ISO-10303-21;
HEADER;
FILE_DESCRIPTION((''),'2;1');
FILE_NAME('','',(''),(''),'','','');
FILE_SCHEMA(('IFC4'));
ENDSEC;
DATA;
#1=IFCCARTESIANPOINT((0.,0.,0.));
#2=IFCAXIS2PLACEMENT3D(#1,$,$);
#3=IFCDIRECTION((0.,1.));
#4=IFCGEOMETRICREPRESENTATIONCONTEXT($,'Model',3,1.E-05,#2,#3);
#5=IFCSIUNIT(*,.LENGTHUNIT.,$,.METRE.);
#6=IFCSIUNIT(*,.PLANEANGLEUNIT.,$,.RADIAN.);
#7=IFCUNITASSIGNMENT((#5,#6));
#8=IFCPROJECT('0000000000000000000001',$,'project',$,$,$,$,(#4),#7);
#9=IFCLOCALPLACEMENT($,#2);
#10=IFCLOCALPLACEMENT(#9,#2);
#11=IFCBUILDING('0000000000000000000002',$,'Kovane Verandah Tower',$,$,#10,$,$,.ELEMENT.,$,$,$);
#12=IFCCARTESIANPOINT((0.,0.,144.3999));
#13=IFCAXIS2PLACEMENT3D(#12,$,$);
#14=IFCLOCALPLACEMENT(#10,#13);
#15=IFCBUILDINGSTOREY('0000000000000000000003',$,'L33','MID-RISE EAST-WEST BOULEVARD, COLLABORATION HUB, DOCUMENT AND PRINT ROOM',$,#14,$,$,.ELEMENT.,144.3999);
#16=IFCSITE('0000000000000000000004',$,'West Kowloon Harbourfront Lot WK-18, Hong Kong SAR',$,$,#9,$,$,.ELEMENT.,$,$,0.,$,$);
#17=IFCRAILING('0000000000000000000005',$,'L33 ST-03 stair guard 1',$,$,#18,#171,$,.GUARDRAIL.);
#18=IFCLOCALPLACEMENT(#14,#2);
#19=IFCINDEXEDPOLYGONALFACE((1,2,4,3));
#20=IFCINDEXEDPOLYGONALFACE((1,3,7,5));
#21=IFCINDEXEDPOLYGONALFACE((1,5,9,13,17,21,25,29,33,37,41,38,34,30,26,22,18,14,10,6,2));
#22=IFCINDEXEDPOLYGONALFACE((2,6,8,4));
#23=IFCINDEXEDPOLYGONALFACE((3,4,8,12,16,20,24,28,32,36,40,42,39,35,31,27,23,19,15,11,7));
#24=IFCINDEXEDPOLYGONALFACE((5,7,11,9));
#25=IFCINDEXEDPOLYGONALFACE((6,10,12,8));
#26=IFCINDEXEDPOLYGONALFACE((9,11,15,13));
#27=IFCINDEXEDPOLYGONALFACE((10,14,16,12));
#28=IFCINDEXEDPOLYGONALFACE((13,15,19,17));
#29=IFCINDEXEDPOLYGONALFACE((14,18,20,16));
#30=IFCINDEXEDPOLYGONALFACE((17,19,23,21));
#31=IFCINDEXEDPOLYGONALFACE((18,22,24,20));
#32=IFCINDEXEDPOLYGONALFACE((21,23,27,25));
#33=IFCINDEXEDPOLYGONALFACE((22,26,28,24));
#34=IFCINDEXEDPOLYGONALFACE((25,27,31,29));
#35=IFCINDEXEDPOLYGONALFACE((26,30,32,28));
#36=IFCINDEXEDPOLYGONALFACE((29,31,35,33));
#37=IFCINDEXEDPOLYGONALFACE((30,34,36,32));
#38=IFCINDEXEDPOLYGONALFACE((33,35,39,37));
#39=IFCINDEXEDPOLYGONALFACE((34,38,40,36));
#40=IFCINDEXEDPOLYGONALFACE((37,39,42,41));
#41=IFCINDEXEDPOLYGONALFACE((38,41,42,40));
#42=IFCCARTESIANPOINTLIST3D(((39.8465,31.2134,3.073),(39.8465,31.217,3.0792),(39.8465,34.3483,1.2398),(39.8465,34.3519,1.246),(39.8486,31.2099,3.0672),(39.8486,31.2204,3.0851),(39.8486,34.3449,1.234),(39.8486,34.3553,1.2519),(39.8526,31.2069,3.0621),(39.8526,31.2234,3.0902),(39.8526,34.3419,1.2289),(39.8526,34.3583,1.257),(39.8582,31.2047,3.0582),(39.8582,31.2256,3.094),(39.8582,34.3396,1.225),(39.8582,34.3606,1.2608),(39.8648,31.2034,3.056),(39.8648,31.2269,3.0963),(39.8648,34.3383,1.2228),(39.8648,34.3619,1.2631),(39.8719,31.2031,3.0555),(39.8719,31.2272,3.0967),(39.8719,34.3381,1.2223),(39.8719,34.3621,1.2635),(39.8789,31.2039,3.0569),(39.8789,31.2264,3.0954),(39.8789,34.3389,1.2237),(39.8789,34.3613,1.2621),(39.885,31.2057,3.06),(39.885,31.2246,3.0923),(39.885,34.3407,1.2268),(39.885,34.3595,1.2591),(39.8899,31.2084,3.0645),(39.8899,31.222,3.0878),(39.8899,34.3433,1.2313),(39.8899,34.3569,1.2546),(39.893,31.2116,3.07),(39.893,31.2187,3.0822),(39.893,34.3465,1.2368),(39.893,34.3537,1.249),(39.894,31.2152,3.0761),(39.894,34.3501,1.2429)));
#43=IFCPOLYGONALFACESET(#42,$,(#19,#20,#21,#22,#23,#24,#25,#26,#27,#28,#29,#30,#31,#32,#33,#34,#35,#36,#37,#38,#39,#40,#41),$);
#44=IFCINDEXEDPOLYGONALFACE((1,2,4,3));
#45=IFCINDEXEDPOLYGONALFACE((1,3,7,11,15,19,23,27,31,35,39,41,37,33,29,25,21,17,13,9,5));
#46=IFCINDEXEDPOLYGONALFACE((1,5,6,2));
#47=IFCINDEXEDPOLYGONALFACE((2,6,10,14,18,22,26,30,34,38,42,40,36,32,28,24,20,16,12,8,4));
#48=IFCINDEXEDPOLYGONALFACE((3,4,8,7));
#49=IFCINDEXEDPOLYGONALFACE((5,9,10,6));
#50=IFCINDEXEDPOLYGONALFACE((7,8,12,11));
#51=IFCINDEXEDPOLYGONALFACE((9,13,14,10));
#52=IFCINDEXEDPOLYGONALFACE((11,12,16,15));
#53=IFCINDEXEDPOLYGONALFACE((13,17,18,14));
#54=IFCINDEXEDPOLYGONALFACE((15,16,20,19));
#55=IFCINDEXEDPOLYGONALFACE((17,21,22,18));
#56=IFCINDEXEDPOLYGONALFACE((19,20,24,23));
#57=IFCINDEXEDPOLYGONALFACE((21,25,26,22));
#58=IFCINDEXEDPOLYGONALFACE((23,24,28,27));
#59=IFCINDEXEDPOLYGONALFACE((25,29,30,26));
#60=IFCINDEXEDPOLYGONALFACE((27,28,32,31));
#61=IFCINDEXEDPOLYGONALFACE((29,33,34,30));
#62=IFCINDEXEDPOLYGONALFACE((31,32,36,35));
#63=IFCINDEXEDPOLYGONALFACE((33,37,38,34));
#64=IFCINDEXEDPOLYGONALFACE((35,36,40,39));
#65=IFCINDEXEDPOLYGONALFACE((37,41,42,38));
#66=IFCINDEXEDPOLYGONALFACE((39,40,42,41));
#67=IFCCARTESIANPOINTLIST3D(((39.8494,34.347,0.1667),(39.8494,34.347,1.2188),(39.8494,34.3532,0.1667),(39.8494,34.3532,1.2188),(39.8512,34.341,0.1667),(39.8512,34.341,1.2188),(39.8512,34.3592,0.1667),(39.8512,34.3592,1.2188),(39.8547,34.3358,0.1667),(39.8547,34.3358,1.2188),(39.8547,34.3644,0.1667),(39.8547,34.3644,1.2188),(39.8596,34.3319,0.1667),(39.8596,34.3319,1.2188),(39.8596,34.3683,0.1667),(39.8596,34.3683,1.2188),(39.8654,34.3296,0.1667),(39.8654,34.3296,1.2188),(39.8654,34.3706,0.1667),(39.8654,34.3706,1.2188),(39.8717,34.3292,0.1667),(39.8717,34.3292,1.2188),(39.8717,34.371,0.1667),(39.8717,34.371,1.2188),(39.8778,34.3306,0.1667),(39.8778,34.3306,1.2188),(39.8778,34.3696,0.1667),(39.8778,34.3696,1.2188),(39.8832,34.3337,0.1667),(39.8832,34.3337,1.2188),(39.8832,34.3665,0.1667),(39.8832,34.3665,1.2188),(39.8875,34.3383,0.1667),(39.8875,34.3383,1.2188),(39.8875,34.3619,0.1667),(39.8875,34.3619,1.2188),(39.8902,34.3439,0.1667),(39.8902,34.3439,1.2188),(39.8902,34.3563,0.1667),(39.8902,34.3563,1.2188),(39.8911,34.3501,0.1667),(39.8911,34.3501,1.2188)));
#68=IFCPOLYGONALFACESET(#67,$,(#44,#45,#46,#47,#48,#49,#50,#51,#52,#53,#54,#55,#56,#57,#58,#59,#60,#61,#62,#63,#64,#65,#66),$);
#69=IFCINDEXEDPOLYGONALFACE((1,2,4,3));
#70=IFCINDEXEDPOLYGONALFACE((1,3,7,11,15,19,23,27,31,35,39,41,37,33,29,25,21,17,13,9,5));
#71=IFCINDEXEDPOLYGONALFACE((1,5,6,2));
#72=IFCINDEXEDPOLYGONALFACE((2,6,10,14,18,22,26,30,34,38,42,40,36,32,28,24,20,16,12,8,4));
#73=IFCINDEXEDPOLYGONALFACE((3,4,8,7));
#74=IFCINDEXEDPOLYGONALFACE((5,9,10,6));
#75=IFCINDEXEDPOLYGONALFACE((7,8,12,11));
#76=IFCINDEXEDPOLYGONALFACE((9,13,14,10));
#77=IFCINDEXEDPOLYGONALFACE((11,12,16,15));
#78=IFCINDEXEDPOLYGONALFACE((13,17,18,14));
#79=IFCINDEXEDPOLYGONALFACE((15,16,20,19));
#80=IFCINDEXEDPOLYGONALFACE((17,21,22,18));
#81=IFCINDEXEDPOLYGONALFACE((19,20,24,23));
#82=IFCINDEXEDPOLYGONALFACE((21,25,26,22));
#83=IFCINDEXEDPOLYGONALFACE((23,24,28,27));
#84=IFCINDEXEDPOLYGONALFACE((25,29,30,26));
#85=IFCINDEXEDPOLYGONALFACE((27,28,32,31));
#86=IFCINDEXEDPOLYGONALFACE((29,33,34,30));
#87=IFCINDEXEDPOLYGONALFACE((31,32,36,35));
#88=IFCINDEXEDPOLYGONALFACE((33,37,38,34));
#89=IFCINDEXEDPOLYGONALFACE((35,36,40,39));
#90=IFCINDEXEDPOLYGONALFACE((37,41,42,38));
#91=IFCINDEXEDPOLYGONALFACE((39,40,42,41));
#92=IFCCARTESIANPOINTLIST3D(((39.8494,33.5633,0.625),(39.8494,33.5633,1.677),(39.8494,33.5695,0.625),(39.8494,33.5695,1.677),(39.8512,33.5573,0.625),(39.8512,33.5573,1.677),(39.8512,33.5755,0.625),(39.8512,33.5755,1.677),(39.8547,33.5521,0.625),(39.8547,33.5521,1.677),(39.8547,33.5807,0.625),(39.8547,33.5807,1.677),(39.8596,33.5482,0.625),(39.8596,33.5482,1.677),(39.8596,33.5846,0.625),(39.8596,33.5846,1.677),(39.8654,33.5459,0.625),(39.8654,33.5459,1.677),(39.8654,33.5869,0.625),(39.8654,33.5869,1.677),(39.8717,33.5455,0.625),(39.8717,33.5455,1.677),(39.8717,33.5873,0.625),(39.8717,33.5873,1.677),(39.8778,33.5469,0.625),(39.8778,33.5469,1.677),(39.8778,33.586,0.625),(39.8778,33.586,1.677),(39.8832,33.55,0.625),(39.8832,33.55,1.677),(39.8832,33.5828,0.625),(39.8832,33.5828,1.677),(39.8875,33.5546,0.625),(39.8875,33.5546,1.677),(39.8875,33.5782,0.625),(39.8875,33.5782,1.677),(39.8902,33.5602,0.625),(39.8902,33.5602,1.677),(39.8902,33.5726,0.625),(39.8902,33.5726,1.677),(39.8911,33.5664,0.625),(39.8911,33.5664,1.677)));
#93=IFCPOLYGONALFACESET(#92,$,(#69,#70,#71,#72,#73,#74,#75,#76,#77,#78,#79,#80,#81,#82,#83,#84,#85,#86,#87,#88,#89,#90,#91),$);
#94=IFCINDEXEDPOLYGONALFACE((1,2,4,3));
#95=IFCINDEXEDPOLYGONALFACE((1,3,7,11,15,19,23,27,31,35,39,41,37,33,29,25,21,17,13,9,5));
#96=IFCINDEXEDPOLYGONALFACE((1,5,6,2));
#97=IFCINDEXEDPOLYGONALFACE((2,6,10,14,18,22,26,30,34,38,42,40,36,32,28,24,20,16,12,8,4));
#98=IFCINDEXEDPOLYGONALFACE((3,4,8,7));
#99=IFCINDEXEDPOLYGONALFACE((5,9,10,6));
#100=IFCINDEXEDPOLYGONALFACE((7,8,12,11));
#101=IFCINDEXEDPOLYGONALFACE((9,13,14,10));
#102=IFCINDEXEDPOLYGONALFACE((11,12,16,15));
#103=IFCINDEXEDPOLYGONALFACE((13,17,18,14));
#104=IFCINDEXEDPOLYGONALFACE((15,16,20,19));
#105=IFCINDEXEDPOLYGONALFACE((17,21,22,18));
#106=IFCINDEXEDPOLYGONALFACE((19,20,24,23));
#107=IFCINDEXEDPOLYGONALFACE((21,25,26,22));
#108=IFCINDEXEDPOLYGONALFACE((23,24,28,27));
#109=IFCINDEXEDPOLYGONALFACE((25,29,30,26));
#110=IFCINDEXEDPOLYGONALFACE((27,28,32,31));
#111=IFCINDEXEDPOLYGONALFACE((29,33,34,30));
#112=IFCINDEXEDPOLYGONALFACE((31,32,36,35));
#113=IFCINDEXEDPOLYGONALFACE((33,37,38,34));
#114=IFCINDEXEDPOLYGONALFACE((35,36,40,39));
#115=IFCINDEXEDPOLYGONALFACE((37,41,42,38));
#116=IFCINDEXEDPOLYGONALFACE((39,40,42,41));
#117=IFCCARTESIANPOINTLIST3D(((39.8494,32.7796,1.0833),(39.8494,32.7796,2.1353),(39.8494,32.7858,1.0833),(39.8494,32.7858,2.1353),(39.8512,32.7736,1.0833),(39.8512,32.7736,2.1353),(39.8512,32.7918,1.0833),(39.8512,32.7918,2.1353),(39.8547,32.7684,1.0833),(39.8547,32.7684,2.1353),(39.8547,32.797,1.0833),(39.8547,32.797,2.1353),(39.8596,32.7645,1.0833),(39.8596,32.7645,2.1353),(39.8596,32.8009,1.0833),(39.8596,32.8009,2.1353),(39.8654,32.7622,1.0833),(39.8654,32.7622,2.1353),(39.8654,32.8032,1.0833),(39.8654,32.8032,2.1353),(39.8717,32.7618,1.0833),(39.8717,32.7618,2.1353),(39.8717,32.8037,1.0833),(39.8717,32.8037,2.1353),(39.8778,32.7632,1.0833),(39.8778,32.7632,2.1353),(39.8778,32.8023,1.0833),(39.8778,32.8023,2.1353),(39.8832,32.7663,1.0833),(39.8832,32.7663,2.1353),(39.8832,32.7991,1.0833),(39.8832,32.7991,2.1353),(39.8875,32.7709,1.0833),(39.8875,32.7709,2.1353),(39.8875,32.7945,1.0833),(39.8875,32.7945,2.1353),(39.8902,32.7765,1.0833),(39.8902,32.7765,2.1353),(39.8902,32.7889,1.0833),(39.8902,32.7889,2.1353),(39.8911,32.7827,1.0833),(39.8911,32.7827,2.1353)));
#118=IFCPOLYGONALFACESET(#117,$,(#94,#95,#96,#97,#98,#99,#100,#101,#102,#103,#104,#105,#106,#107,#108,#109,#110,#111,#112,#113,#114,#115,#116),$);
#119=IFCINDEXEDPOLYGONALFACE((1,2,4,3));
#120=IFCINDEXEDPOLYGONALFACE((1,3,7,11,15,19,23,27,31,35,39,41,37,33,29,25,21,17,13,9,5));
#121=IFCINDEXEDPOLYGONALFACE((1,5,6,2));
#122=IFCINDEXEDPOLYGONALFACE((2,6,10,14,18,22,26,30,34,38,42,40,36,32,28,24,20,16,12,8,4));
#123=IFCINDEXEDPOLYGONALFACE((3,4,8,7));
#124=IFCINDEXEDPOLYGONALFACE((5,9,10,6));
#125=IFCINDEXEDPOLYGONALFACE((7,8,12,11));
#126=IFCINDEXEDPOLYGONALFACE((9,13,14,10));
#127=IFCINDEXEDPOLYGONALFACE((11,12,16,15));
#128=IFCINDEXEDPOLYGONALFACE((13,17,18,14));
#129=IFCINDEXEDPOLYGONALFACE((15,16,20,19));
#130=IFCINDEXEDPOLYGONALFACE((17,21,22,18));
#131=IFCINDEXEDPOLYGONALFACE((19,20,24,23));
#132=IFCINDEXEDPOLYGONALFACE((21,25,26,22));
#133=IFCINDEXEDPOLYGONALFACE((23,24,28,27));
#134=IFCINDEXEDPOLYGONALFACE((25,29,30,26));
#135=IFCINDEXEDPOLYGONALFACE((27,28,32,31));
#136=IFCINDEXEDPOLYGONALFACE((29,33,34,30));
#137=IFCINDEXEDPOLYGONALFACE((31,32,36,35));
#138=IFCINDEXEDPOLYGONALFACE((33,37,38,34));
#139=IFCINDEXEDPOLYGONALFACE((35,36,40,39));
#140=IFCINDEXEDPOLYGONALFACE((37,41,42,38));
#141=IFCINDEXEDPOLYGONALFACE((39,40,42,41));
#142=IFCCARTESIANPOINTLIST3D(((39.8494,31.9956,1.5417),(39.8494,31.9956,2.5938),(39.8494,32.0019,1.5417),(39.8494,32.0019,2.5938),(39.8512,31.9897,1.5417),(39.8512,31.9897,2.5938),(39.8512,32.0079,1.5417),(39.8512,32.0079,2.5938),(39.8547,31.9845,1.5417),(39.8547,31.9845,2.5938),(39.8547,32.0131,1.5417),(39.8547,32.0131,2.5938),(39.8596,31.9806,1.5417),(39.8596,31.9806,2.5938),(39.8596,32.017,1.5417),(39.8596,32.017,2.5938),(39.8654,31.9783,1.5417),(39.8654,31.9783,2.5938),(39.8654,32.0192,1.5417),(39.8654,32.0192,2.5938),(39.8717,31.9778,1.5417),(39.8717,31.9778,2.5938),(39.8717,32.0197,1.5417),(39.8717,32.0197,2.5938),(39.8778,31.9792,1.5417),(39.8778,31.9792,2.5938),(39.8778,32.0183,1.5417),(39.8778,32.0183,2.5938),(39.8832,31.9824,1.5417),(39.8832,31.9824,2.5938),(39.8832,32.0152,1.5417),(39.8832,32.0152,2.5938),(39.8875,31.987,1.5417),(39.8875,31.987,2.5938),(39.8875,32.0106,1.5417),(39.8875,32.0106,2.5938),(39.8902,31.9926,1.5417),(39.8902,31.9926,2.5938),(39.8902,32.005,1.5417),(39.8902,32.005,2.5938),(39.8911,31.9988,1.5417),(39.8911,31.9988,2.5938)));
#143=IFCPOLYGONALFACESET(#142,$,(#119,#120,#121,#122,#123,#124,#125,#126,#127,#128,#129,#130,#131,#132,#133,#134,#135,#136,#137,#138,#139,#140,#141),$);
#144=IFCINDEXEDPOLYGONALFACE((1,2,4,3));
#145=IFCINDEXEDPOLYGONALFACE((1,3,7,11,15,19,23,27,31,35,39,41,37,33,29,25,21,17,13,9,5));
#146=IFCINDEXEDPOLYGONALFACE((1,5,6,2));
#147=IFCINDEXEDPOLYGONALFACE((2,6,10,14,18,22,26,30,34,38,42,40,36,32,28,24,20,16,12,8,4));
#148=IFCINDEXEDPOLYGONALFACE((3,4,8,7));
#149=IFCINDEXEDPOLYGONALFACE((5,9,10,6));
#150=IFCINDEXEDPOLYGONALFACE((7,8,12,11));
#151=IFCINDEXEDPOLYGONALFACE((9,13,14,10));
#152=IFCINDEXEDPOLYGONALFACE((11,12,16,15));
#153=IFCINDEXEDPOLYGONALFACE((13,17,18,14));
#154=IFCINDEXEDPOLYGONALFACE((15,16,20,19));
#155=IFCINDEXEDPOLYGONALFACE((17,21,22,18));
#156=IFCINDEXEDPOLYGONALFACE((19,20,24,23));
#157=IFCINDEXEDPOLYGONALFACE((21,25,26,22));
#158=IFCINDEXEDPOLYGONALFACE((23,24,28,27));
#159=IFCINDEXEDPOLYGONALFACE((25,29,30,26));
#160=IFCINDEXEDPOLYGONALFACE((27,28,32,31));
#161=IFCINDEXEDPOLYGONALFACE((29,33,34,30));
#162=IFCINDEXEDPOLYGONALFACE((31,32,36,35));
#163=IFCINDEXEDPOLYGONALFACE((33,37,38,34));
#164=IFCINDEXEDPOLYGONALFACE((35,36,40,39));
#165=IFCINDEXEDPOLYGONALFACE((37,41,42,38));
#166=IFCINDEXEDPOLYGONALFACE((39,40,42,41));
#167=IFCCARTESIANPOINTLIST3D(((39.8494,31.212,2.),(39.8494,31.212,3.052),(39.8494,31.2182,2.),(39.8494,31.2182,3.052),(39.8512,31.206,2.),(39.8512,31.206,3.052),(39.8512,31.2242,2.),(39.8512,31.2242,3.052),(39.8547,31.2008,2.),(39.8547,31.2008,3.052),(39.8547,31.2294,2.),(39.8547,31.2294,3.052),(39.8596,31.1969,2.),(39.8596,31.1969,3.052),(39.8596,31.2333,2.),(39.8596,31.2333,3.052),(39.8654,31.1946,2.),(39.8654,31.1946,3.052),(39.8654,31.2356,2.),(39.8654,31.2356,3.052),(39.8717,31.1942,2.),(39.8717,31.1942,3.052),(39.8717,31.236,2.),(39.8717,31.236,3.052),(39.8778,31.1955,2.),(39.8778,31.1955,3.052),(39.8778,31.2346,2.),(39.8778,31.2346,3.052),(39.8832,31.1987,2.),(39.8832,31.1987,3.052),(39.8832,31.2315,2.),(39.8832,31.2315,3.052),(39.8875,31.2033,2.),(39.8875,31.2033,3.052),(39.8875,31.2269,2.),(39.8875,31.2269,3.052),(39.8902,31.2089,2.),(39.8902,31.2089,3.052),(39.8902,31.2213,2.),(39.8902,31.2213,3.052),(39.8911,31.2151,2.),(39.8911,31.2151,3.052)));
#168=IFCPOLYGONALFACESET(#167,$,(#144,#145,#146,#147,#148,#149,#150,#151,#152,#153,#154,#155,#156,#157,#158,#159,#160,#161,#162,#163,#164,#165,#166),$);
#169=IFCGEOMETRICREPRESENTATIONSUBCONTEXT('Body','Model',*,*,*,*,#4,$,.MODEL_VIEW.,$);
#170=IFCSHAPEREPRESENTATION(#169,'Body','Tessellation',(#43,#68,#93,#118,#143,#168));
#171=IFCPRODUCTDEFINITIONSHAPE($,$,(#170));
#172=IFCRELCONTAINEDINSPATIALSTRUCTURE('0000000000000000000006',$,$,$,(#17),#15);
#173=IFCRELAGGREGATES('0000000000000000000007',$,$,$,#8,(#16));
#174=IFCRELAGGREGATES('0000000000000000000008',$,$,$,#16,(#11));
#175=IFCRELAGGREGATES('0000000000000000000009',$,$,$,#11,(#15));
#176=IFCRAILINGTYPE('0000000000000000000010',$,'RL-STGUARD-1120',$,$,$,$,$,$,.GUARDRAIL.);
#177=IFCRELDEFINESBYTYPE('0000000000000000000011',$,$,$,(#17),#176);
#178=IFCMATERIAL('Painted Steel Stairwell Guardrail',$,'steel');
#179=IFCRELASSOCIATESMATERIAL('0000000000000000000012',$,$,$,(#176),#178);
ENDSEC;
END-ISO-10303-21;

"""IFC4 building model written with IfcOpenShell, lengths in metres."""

from ifc_helpers import new_model, si_unit, direction, frame, origin, origin_2d, place, context, subcontext, project, spatial, circle, extrude, material, type_object, element, save


model = new_model("IFC4")

# Units and contexts
model_context = context("Model", 3, precision=1e-05, world=origin(), true_north=direction((0.0, 1.0)))
body_context = subcontext(model_context, "Body", "Model", "MODEL_VIEW")
ifc_project = project(units=[si_unit("LENGTHUNIT", "METRE"), si_unit("PLANEANGLEUNIT", "RADIAN")], contexts=[model_context])

# Site, building, storey
site_placement = place(None, origin())
site = spatial("IfcSite", under=ifc_project, at=site_placement, Name="West Kowloon Harbourfront Lot WK-18, Hong Kong SAR", CompositionType="ELEMENT", RefElevation=0.0)
building_placement = place(site_placement, origin())
building = spatial("IfcBuilding", under=site, at=building_placement, Name="Kovane Verandah Tower", CompositionType="ELEMENT")
storey_placement = place(building_placement, frame((0.0, 0.0, 144.3999)))
storey = spatial("IfcBuildingStorey", under=building, at=storey_placement, Name="L33", Description="MID-RISE EAST-WEST BOULEVARD, COLLABORATION HUB, DOCUMENT AND PRINT ROOM", CompositionType="ELEMENT", Elevation=144.3999)

# Railing
ifc_material_1 = material(Name="Painted Steel Stairwell Guardrail", Category="steel")
railing_type_1 = type_object("IfcRailingType", Name="RL-STGUARD-1120", PredefinedType="GUARDRAIL", material=ifc_material_1)
railing_1_placement = place(storey_placement, frame((39.8701, 34.3501, 0.1667)))
element("IfcRailing", 1, at=railing_1_placement, inside=storey, type_object=railing_type_1, Name="L33 ST-03 stair guard 1", PredefinedType="GUARDRAIL", context=body_context, shape_type="SweptSolid", body=[
    extrude(circle(Radius=0.0239, at=origin_2d()), frame((0.0, 0.0, 1.0762), z_axis=(0.0, -0.86324, 0.504794), x_axis=(1.0, 0.0, 0.0)), (0.0, 0.0, 1.0), 3.6316),
    extrude(circle(Radius=0.021, at=origin_2d()), origin(), (0.0, 0.0, 1.0), 1.052),
    extrude(circle(Radius=0.021, at=origin_2d()), frame((0.0, -0.7837, 0.4583)), (0.0, 0.0, 1.0), 1.052),
    extrude(circle(Radius=0.021, at=origin_2d()), frame((0.0, -1.5674, 0.9165)), (0.0, 0.0, 1.0), 1.052),
    extrude(circle(Radius=0.021, at=origin_2d()), frame((0.0, -2.3513, 1.375)), (0.0, 0.0, 1.0), 1.052),
    extrude(circle(Radius=0.021, at=origin_2d()), frame((0.0, -3.135, 1.8333)), (0.0, 0.0, 1.0), 1.052),
])

save(model, "model.ifc")
